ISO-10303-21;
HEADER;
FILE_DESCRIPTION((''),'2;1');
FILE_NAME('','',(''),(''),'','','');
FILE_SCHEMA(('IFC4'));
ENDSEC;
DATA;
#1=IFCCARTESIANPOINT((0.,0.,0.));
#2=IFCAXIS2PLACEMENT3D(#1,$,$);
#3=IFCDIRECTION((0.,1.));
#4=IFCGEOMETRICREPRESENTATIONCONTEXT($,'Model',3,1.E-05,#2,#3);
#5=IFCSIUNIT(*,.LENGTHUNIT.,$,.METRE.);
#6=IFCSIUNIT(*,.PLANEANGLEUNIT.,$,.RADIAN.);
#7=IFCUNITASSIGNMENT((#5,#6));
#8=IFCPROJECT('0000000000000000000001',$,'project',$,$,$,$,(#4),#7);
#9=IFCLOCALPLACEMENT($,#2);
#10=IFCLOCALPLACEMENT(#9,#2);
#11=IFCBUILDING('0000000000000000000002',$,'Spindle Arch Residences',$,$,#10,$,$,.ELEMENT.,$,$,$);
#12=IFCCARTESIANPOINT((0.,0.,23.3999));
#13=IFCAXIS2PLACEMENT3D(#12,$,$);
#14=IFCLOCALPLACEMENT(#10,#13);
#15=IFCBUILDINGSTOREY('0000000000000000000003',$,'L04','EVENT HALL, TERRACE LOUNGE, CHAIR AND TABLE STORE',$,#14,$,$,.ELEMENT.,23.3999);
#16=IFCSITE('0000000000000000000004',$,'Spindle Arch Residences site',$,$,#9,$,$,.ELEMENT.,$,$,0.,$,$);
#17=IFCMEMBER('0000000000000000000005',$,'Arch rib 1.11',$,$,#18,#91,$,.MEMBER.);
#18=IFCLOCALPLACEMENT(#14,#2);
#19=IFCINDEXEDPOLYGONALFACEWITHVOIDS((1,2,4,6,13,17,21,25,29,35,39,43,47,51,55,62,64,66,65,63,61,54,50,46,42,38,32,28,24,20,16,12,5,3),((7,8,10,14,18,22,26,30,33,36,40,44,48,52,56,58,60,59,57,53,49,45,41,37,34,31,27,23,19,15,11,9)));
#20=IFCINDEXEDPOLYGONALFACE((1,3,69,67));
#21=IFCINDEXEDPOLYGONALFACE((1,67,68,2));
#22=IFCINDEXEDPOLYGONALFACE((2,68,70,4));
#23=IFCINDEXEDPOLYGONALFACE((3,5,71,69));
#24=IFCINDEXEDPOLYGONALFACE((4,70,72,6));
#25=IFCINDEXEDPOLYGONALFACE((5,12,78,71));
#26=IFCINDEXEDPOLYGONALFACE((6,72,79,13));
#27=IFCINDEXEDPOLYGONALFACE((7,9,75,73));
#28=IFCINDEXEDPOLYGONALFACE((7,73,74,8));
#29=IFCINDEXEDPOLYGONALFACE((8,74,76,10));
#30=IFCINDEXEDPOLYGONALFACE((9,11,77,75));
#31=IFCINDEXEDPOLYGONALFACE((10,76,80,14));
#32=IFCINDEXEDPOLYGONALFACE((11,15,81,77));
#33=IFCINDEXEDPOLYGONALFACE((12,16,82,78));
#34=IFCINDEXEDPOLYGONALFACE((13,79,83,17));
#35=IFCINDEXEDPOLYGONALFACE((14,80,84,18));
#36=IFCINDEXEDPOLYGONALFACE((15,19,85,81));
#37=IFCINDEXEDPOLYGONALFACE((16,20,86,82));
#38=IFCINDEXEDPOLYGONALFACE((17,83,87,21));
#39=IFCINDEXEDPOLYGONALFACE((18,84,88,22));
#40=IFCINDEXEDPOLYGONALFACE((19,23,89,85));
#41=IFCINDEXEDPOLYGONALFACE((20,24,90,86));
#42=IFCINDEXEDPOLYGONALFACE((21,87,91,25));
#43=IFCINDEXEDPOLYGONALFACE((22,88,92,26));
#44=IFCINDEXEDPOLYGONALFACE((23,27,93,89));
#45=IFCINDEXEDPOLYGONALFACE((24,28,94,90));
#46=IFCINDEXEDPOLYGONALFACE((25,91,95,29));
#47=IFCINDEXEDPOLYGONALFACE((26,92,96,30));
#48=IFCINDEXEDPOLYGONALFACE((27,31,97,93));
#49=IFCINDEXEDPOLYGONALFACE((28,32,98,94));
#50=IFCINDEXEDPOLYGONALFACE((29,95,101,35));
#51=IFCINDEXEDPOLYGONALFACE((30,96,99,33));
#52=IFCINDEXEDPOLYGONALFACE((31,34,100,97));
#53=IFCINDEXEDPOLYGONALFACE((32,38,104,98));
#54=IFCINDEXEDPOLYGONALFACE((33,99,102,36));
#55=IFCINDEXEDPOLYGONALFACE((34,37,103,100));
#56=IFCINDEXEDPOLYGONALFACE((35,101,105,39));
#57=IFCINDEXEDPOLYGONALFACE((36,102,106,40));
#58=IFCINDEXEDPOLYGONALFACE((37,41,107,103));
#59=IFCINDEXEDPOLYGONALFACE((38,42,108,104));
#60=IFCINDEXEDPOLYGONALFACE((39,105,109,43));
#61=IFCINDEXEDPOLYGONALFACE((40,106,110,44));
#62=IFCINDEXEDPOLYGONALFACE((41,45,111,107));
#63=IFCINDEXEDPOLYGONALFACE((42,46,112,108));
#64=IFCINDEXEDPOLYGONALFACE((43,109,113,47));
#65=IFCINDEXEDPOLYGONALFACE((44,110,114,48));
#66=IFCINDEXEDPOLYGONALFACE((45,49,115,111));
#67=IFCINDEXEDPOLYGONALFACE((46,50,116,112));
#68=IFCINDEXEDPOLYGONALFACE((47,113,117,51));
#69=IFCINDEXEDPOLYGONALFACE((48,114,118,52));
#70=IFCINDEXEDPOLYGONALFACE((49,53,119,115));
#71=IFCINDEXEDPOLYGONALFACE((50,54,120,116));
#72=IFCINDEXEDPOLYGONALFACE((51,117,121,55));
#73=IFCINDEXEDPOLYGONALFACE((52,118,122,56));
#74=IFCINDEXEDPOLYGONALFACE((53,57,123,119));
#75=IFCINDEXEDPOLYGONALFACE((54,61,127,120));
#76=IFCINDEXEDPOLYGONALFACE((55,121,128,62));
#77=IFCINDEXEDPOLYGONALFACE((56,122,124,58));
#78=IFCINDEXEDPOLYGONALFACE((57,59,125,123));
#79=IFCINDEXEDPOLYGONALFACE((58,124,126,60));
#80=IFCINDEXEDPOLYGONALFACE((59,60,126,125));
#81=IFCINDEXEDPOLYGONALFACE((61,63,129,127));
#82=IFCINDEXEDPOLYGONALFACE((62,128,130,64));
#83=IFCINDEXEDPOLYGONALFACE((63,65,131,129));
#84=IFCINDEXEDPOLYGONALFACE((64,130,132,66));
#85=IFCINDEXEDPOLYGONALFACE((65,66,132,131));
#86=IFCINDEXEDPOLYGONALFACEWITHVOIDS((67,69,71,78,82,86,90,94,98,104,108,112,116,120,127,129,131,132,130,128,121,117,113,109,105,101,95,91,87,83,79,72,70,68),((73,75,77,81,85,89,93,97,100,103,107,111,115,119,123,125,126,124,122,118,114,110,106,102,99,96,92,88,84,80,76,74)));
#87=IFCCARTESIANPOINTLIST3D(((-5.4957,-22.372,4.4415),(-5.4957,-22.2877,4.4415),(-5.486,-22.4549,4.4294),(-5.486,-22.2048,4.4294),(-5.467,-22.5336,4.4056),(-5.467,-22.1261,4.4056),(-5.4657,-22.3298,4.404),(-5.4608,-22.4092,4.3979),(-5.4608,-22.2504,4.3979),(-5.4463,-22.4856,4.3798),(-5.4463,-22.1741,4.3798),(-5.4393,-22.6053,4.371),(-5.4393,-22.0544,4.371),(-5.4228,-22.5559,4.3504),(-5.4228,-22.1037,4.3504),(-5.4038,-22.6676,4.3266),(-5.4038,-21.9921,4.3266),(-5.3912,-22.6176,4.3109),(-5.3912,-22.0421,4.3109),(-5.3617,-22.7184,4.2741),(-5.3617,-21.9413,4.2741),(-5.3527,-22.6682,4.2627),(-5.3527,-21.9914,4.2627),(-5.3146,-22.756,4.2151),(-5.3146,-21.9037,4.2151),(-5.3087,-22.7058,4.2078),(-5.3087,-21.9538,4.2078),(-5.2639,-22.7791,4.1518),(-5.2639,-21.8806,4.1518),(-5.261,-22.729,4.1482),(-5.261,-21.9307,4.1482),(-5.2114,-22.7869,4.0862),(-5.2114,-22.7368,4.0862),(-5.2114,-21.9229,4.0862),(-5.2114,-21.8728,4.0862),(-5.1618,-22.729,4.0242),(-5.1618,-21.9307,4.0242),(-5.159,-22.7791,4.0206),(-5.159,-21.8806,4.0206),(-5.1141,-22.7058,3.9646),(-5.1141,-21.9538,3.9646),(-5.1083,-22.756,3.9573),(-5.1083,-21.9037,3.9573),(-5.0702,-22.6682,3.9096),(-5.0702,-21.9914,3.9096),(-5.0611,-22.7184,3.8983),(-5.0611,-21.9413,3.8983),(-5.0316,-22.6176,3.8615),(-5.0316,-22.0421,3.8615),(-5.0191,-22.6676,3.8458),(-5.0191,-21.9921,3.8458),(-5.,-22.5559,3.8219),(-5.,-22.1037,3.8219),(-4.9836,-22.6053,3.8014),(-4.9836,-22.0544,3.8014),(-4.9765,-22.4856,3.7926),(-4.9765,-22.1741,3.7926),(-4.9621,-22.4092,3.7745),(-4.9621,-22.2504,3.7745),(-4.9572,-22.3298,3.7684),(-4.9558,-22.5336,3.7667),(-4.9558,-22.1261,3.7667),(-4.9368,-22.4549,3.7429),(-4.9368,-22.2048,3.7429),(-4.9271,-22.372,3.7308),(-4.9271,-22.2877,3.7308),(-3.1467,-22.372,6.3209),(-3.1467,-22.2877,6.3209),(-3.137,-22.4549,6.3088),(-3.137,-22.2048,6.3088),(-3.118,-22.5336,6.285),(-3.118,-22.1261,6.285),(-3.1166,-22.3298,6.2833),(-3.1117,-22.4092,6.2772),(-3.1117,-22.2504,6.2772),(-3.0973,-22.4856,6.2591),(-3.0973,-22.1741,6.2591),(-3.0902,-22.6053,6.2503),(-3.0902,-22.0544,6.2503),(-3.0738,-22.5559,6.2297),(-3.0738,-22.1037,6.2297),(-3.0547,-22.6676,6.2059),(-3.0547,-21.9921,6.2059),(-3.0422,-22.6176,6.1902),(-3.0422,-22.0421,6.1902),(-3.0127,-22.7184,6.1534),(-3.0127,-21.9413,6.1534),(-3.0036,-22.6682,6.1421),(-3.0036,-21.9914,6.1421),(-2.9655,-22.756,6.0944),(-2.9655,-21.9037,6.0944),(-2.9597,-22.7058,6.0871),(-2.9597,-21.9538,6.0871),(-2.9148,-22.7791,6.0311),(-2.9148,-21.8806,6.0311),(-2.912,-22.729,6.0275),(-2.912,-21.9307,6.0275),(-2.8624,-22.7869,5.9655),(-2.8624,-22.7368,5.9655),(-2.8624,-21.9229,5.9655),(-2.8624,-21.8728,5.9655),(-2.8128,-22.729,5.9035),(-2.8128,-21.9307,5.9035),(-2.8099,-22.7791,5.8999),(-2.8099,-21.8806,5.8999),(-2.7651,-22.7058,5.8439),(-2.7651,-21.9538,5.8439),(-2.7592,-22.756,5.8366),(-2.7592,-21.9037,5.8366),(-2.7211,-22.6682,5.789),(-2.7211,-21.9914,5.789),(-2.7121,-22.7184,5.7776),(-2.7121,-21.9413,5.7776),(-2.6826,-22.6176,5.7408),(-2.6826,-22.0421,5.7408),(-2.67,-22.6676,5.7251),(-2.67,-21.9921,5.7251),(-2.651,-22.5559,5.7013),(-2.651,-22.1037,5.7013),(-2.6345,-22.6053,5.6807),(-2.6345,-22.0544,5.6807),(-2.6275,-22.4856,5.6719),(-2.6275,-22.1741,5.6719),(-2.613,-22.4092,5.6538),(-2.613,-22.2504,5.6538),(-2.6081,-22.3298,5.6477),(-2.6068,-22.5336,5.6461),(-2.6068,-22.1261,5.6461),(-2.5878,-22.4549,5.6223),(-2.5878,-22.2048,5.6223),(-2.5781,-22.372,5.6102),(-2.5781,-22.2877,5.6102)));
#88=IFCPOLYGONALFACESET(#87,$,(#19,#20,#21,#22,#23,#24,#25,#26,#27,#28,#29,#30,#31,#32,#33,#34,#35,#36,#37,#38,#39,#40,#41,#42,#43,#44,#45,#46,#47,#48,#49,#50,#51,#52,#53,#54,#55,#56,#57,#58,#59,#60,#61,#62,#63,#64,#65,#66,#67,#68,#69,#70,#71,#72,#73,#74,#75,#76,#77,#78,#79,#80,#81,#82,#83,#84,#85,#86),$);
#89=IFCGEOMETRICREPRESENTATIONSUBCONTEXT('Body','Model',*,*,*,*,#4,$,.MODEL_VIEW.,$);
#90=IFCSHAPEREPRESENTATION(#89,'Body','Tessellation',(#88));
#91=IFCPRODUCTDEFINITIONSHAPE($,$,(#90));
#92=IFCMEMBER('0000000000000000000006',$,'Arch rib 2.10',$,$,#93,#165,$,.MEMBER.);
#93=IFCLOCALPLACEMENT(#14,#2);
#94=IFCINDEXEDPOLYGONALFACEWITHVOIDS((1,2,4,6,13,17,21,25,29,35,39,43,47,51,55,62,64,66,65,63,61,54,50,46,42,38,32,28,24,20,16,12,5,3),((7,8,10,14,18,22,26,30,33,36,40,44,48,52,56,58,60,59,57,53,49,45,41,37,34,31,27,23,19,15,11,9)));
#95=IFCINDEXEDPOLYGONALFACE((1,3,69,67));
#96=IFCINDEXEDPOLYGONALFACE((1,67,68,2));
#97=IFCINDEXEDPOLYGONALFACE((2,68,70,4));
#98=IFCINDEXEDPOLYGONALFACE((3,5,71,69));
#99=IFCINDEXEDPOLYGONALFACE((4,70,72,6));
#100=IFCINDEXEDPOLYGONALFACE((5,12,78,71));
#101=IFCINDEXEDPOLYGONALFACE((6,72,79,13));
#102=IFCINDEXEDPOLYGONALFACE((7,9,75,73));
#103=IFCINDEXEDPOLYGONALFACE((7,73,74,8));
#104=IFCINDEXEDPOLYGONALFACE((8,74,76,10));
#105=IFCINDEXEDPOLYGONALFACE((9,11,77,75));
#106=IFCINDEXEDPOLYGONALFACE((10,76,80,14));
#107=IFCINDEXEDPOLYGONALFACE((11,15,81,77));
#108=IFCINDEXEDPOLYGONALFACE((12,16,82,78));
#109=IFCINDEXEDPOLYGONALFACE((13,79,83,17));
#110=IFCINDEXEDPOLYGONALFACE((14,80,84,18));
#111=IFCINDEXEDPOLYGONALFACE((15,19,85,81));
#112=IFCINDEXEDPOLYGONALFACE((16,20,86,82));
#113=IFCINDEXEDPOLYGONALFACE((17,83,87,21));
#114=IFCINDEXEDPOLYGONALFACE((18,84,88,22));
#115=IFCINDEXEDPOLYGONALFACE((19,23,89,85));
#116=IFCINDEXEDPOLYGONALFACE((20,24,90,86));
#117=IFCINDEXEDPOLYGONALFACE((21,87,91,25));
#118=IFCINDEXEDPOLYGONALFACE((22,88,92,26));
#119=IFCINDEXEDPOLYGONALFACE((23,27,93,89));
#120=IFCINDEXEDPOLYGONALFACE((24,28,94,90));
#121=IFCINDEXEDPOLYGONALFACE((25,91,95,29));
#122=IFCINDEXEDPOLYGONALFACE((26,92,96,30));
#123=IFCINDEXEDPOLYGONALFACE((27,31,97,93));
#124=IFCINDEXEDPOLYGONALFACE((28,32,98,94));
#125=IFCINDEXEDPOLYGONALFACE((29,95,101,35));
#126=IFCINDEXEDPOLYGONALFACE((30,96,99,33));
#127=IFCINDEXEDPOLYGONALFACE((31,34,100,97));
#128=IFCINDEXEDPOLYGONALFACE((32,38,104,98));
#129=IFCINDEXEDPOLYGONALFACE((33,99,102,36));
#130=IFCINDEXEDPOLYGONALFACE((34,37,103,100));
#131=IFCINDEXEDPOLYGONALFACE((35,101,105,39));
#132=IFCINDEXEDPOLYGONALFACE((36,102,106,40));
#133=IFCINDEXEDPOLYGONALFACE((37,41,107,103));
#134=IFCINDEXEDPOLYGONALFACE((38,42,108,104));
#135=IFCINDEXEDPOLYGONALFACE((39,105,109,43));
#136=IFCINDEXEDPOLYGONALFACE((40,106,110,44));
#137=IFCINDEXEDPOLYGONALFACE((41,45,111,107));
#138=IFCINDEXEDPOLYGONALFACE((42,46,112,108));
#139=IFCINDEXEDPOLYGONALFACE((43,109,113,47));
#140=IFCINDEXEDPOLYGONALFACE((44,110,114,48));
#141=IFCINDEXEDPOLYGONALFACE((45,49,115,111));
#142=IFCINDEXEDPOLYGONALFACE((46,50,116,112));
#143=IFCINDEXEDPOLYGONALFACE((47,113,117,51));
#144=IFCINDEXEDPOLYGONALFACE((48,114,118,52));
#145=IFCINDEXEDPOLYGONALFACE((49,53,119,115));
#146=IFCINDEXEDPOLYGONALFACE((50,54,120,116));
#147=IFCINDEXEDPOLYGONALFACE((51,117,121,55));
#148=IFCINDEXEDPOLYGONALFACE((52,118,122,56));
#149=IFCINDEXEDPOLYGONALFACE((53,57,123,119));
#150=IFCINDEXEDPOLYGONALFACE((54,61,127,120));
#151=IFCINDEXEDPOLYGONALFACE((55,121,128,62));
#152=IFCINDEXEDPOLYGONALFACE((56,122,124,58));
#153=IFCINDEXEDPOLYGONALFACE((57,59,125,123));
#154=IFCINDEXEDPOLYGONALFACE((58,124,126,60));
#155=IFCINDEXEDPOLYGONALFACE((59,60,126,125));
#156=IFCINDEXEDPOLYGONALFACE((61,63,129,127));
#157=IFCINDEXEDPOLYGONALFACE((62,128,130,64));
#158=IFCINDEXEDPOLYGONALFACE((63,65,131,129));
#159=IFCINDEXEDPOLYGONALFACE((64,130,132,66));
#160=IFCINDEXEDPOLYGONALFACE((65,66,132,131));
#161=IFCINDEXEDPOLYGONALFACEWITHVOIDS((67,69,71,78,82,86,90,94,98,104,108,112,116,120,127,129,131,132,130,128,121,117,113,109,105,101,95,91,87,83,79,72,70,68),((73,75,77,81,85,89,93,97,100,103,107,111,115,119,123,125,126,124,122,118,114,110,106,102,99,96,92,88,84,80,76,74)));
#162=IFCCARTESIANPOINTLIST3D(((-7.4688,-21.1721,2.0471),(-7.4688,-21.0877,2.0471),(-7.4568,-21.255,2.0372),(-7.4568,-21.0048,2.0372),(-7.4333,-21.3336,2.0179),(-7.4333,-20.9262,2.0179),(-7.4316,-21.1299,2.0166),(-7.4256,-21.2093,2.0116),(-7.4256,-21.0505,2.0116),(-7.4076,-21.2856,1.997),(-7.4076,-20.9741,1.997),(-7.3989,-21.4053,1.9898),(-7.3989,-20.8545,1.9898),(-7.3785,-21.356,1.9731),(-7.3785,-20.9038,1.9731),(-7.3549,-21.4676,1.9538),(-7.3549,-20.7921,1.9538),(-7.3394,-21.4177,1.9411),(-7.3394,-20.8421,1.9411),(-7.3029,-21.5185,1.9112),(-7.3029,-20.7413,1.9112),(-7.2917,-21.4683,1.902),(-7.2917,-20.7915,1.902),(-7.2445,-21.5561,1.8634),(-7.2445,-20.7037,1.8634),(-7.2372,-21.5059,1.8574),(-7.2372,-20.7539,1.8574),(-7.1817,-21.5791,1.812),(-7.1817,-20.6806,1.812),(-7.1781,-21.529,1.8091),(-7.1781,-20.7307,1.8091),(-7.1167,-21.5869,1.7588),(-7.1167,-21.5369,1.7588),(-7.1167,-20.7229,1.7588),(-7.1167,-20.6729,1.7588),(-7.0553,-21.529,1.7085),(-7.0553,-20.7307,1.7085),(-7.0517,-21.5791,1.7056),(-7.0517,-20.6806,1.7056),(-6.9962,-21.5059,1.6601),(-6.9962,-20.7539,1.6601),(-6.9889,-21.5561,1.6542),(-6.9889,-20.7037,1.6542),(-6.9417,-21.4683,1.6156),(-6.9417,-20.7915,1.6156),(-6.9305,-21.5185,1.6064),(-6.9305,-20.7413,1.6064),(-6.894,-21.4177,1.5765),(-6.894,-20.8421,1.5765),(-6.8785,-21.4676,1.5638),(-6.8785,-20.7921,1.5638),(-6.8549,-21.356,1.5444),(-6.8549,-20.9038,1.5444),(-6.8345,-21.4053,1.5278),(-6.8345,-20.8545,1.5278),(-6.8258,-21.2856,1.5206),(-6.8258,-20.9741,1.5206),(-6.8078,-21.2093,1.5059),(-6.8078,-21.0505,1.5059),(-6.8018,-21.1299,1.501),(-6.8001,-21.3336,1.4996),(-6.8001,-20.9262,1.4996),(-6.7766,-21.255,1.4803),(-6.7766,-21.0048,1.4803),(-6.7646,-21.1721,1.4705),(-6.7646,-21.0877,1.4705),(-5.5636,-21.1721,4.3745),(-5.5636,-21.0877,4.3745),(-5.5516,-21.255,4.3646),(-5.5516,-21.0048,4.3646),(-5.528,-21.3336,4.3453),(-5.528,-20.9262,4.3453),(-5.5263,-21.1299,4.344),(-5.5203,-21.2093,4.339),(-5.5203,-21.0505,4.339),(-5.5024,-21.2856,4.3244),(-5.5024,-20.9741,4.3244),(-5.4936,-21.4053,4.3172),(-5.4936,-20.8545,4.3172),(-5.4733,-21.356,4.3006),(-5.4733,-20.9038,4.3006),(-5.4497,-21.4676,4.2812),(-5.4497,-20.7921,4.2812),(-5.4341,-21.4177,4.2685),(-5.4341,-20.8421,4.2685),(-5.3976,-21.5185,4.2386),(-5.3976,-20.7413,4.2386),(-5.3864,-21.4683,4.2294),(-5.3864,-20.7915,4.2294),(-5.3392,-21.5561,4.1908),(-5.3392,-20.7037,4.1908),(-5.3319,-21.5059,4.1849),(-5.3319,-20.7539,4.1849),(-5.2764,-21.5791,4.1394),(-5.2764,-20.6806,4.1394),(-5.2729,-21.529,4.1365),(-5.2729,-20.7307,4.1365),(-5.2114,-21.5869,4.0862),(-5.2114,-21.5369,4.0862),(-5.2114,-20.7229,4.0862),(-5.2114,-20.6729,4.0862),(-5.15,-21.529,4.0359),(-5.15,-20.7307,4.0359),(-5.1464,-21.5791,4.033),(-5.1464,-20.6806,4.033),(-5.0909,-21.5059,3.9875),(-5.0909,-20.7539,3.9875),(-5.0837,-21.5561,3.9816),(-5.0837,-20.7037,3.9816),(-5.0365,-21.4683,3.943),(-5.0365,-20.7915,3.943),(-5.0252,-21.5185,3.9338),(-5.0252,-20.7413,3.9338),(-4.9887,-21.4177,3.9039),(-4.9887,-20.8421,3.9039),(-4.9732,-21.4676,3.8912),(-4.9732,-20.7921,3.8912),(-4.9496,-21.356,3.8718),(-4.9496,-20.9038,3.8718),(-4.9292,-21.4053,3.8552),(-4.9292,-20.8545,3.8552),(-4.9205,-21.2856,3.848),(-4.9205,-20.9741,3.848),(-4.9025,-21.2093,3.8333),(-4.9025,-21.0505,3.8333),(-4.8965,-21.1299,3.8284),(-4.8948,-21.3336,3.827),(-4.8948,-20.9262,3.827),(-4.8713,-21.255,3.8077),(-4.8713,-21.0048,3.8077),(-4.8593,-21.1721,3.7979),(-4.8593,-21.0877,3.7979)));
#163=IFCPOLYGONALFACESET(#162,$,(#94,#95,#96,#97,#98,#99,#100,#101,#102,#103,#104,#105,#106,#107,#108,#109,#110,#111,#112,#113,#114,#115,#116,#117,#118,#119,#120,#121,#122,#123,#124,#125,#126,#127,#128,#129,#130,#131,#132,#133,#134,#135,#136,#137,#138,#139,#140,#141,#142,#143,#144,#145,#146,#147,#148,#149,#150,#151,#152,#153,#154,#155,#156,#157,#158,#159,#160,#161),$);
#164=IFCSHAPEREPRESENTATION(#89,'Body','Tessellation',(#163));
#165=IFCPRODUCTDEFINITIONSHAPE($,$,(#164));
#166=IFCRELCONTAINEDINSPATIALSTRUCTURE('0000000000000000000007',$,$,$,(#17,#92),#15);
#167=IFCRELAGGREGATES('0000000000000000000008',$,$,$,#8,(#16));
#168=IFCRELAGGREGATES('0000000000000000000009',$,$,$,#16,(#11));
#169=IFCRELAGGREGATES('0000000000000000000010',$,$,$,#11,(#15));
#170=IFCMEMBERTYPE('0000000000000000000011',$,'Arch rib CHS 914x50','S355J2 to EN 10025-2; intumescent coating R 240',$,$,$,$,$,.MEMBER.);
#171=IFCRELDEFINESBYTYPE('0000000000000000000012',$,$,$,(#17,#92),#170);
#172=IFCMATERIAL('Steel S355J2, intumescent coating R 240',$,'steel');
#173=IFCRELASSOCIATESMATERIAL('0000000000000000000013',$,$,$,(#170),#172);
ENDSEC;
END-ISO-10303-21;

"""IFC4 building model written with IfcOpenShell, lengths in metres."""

from ifc_helpers import new_model, si_unit, direction, frame, origin, origin_2d, place, context, subcontext, project, spatial, hollow_circle, extrude, material, material_profile, profile_set, type_object, element, save


model = new_model("IFC4")

# Units and contexts
model_context = context("Model", 3, precision=1e-05, world=origin(), true_north=direction((0.0, 1.0)))
body_context = subcontext(model_context, "Body", "Model", "MODEL_VIEW")
ifc_project = project(units=[si_unit("LENGTHUNIT", "METRE"), si_unit("PLANEANGLEUNIT", "RADIAN")], contexts=[model_context])

# Site, building, storey
site_placement = place(None, origin())
site = spatial("IfcSite", under=ifc_project, at=site_placement, Name="Spindle Arch Residences site", CompositionType="ELEMENT", RefElevation=0.0)
building_placement = place(site_placement, origin())
building = spatial("IfcBuilding", under=site, at=building_placement, Name="Spindle Arch Residences", CompositionType="ELEMENT")
storey_placement = place(building_placement, frame((0.0, 0.0, 23.3999)))
storey = spatial("IfcBuildingStorey", under=building, at=storey_placement, Name="L04", Description="EVENT HALL, TERRACE LOUNGE, CHAIR AND TABLE STORE", CompositionType="ELEMENT", Elevation=23.3999)

# Members
ifc_material_1 = material(Name="Steel S355J2, intumescent coating R 240", Category="steel")
ifc_material_profile_1 = material_profile(ifc_material_1, hollow_circle(Radius=0.457, WallThickness=0.05, at=origin_2d()), Name="CHS 914x50")
ifc_profile_set_1 = profile_set([ifc_material_profile_1], Name="Steel S355J2, intumescent coating R 240")
member_type_1 = type_object("IfcMemberType", Name="Arch rib CHS 914x50", Description="S355J2 to EN 10025-2; intumescent coating R 240", PredefinedType="MEMBER", material=ifc_profile_set_1)
member_1_placement = place(storey_placement, frame((-5.2114, -22.3298, 4.0862), z_axis=(0.780853, 0.0, 0.624715), x_axis=(0.0, 1.0, 0.0)))
element("IfcMember", 1, at=member_1_placement, inside=storey, type_object=member_type_1, Name="Arch rib 1.11", PredefinedType="MEMBER", context=body_context, shape_type="SweptSolid", body=[
    extrude(hollow_circle(Radius=0.457, WallThickness=0.05, at=origin_2d()), origin(), (0.0, 0.0, 1.0), 3.0083),
])
member_2_placement = place(storey_placement, frame((-7.1167, -21.1299, 1.7588), z_axis=(0.633446, 0.0, 0.773787), x_axis=(0.0, 1.0, 0.0)))
element("IfcMember", 2, at=member_2_placement, inside=storey, type_object=member_type_1, Name="Arch rib 2.10", PredefinedType="MEMBER", context=body_context, shape_type="SweptSolid", body=[
    extrude(hollow_circle(Radius=0.457, WallThickness=0.05, at=origin_2d()), origin(), (0.0, 0.0, 1.0), 3.0078),
])

save(model, "model.ifc")
